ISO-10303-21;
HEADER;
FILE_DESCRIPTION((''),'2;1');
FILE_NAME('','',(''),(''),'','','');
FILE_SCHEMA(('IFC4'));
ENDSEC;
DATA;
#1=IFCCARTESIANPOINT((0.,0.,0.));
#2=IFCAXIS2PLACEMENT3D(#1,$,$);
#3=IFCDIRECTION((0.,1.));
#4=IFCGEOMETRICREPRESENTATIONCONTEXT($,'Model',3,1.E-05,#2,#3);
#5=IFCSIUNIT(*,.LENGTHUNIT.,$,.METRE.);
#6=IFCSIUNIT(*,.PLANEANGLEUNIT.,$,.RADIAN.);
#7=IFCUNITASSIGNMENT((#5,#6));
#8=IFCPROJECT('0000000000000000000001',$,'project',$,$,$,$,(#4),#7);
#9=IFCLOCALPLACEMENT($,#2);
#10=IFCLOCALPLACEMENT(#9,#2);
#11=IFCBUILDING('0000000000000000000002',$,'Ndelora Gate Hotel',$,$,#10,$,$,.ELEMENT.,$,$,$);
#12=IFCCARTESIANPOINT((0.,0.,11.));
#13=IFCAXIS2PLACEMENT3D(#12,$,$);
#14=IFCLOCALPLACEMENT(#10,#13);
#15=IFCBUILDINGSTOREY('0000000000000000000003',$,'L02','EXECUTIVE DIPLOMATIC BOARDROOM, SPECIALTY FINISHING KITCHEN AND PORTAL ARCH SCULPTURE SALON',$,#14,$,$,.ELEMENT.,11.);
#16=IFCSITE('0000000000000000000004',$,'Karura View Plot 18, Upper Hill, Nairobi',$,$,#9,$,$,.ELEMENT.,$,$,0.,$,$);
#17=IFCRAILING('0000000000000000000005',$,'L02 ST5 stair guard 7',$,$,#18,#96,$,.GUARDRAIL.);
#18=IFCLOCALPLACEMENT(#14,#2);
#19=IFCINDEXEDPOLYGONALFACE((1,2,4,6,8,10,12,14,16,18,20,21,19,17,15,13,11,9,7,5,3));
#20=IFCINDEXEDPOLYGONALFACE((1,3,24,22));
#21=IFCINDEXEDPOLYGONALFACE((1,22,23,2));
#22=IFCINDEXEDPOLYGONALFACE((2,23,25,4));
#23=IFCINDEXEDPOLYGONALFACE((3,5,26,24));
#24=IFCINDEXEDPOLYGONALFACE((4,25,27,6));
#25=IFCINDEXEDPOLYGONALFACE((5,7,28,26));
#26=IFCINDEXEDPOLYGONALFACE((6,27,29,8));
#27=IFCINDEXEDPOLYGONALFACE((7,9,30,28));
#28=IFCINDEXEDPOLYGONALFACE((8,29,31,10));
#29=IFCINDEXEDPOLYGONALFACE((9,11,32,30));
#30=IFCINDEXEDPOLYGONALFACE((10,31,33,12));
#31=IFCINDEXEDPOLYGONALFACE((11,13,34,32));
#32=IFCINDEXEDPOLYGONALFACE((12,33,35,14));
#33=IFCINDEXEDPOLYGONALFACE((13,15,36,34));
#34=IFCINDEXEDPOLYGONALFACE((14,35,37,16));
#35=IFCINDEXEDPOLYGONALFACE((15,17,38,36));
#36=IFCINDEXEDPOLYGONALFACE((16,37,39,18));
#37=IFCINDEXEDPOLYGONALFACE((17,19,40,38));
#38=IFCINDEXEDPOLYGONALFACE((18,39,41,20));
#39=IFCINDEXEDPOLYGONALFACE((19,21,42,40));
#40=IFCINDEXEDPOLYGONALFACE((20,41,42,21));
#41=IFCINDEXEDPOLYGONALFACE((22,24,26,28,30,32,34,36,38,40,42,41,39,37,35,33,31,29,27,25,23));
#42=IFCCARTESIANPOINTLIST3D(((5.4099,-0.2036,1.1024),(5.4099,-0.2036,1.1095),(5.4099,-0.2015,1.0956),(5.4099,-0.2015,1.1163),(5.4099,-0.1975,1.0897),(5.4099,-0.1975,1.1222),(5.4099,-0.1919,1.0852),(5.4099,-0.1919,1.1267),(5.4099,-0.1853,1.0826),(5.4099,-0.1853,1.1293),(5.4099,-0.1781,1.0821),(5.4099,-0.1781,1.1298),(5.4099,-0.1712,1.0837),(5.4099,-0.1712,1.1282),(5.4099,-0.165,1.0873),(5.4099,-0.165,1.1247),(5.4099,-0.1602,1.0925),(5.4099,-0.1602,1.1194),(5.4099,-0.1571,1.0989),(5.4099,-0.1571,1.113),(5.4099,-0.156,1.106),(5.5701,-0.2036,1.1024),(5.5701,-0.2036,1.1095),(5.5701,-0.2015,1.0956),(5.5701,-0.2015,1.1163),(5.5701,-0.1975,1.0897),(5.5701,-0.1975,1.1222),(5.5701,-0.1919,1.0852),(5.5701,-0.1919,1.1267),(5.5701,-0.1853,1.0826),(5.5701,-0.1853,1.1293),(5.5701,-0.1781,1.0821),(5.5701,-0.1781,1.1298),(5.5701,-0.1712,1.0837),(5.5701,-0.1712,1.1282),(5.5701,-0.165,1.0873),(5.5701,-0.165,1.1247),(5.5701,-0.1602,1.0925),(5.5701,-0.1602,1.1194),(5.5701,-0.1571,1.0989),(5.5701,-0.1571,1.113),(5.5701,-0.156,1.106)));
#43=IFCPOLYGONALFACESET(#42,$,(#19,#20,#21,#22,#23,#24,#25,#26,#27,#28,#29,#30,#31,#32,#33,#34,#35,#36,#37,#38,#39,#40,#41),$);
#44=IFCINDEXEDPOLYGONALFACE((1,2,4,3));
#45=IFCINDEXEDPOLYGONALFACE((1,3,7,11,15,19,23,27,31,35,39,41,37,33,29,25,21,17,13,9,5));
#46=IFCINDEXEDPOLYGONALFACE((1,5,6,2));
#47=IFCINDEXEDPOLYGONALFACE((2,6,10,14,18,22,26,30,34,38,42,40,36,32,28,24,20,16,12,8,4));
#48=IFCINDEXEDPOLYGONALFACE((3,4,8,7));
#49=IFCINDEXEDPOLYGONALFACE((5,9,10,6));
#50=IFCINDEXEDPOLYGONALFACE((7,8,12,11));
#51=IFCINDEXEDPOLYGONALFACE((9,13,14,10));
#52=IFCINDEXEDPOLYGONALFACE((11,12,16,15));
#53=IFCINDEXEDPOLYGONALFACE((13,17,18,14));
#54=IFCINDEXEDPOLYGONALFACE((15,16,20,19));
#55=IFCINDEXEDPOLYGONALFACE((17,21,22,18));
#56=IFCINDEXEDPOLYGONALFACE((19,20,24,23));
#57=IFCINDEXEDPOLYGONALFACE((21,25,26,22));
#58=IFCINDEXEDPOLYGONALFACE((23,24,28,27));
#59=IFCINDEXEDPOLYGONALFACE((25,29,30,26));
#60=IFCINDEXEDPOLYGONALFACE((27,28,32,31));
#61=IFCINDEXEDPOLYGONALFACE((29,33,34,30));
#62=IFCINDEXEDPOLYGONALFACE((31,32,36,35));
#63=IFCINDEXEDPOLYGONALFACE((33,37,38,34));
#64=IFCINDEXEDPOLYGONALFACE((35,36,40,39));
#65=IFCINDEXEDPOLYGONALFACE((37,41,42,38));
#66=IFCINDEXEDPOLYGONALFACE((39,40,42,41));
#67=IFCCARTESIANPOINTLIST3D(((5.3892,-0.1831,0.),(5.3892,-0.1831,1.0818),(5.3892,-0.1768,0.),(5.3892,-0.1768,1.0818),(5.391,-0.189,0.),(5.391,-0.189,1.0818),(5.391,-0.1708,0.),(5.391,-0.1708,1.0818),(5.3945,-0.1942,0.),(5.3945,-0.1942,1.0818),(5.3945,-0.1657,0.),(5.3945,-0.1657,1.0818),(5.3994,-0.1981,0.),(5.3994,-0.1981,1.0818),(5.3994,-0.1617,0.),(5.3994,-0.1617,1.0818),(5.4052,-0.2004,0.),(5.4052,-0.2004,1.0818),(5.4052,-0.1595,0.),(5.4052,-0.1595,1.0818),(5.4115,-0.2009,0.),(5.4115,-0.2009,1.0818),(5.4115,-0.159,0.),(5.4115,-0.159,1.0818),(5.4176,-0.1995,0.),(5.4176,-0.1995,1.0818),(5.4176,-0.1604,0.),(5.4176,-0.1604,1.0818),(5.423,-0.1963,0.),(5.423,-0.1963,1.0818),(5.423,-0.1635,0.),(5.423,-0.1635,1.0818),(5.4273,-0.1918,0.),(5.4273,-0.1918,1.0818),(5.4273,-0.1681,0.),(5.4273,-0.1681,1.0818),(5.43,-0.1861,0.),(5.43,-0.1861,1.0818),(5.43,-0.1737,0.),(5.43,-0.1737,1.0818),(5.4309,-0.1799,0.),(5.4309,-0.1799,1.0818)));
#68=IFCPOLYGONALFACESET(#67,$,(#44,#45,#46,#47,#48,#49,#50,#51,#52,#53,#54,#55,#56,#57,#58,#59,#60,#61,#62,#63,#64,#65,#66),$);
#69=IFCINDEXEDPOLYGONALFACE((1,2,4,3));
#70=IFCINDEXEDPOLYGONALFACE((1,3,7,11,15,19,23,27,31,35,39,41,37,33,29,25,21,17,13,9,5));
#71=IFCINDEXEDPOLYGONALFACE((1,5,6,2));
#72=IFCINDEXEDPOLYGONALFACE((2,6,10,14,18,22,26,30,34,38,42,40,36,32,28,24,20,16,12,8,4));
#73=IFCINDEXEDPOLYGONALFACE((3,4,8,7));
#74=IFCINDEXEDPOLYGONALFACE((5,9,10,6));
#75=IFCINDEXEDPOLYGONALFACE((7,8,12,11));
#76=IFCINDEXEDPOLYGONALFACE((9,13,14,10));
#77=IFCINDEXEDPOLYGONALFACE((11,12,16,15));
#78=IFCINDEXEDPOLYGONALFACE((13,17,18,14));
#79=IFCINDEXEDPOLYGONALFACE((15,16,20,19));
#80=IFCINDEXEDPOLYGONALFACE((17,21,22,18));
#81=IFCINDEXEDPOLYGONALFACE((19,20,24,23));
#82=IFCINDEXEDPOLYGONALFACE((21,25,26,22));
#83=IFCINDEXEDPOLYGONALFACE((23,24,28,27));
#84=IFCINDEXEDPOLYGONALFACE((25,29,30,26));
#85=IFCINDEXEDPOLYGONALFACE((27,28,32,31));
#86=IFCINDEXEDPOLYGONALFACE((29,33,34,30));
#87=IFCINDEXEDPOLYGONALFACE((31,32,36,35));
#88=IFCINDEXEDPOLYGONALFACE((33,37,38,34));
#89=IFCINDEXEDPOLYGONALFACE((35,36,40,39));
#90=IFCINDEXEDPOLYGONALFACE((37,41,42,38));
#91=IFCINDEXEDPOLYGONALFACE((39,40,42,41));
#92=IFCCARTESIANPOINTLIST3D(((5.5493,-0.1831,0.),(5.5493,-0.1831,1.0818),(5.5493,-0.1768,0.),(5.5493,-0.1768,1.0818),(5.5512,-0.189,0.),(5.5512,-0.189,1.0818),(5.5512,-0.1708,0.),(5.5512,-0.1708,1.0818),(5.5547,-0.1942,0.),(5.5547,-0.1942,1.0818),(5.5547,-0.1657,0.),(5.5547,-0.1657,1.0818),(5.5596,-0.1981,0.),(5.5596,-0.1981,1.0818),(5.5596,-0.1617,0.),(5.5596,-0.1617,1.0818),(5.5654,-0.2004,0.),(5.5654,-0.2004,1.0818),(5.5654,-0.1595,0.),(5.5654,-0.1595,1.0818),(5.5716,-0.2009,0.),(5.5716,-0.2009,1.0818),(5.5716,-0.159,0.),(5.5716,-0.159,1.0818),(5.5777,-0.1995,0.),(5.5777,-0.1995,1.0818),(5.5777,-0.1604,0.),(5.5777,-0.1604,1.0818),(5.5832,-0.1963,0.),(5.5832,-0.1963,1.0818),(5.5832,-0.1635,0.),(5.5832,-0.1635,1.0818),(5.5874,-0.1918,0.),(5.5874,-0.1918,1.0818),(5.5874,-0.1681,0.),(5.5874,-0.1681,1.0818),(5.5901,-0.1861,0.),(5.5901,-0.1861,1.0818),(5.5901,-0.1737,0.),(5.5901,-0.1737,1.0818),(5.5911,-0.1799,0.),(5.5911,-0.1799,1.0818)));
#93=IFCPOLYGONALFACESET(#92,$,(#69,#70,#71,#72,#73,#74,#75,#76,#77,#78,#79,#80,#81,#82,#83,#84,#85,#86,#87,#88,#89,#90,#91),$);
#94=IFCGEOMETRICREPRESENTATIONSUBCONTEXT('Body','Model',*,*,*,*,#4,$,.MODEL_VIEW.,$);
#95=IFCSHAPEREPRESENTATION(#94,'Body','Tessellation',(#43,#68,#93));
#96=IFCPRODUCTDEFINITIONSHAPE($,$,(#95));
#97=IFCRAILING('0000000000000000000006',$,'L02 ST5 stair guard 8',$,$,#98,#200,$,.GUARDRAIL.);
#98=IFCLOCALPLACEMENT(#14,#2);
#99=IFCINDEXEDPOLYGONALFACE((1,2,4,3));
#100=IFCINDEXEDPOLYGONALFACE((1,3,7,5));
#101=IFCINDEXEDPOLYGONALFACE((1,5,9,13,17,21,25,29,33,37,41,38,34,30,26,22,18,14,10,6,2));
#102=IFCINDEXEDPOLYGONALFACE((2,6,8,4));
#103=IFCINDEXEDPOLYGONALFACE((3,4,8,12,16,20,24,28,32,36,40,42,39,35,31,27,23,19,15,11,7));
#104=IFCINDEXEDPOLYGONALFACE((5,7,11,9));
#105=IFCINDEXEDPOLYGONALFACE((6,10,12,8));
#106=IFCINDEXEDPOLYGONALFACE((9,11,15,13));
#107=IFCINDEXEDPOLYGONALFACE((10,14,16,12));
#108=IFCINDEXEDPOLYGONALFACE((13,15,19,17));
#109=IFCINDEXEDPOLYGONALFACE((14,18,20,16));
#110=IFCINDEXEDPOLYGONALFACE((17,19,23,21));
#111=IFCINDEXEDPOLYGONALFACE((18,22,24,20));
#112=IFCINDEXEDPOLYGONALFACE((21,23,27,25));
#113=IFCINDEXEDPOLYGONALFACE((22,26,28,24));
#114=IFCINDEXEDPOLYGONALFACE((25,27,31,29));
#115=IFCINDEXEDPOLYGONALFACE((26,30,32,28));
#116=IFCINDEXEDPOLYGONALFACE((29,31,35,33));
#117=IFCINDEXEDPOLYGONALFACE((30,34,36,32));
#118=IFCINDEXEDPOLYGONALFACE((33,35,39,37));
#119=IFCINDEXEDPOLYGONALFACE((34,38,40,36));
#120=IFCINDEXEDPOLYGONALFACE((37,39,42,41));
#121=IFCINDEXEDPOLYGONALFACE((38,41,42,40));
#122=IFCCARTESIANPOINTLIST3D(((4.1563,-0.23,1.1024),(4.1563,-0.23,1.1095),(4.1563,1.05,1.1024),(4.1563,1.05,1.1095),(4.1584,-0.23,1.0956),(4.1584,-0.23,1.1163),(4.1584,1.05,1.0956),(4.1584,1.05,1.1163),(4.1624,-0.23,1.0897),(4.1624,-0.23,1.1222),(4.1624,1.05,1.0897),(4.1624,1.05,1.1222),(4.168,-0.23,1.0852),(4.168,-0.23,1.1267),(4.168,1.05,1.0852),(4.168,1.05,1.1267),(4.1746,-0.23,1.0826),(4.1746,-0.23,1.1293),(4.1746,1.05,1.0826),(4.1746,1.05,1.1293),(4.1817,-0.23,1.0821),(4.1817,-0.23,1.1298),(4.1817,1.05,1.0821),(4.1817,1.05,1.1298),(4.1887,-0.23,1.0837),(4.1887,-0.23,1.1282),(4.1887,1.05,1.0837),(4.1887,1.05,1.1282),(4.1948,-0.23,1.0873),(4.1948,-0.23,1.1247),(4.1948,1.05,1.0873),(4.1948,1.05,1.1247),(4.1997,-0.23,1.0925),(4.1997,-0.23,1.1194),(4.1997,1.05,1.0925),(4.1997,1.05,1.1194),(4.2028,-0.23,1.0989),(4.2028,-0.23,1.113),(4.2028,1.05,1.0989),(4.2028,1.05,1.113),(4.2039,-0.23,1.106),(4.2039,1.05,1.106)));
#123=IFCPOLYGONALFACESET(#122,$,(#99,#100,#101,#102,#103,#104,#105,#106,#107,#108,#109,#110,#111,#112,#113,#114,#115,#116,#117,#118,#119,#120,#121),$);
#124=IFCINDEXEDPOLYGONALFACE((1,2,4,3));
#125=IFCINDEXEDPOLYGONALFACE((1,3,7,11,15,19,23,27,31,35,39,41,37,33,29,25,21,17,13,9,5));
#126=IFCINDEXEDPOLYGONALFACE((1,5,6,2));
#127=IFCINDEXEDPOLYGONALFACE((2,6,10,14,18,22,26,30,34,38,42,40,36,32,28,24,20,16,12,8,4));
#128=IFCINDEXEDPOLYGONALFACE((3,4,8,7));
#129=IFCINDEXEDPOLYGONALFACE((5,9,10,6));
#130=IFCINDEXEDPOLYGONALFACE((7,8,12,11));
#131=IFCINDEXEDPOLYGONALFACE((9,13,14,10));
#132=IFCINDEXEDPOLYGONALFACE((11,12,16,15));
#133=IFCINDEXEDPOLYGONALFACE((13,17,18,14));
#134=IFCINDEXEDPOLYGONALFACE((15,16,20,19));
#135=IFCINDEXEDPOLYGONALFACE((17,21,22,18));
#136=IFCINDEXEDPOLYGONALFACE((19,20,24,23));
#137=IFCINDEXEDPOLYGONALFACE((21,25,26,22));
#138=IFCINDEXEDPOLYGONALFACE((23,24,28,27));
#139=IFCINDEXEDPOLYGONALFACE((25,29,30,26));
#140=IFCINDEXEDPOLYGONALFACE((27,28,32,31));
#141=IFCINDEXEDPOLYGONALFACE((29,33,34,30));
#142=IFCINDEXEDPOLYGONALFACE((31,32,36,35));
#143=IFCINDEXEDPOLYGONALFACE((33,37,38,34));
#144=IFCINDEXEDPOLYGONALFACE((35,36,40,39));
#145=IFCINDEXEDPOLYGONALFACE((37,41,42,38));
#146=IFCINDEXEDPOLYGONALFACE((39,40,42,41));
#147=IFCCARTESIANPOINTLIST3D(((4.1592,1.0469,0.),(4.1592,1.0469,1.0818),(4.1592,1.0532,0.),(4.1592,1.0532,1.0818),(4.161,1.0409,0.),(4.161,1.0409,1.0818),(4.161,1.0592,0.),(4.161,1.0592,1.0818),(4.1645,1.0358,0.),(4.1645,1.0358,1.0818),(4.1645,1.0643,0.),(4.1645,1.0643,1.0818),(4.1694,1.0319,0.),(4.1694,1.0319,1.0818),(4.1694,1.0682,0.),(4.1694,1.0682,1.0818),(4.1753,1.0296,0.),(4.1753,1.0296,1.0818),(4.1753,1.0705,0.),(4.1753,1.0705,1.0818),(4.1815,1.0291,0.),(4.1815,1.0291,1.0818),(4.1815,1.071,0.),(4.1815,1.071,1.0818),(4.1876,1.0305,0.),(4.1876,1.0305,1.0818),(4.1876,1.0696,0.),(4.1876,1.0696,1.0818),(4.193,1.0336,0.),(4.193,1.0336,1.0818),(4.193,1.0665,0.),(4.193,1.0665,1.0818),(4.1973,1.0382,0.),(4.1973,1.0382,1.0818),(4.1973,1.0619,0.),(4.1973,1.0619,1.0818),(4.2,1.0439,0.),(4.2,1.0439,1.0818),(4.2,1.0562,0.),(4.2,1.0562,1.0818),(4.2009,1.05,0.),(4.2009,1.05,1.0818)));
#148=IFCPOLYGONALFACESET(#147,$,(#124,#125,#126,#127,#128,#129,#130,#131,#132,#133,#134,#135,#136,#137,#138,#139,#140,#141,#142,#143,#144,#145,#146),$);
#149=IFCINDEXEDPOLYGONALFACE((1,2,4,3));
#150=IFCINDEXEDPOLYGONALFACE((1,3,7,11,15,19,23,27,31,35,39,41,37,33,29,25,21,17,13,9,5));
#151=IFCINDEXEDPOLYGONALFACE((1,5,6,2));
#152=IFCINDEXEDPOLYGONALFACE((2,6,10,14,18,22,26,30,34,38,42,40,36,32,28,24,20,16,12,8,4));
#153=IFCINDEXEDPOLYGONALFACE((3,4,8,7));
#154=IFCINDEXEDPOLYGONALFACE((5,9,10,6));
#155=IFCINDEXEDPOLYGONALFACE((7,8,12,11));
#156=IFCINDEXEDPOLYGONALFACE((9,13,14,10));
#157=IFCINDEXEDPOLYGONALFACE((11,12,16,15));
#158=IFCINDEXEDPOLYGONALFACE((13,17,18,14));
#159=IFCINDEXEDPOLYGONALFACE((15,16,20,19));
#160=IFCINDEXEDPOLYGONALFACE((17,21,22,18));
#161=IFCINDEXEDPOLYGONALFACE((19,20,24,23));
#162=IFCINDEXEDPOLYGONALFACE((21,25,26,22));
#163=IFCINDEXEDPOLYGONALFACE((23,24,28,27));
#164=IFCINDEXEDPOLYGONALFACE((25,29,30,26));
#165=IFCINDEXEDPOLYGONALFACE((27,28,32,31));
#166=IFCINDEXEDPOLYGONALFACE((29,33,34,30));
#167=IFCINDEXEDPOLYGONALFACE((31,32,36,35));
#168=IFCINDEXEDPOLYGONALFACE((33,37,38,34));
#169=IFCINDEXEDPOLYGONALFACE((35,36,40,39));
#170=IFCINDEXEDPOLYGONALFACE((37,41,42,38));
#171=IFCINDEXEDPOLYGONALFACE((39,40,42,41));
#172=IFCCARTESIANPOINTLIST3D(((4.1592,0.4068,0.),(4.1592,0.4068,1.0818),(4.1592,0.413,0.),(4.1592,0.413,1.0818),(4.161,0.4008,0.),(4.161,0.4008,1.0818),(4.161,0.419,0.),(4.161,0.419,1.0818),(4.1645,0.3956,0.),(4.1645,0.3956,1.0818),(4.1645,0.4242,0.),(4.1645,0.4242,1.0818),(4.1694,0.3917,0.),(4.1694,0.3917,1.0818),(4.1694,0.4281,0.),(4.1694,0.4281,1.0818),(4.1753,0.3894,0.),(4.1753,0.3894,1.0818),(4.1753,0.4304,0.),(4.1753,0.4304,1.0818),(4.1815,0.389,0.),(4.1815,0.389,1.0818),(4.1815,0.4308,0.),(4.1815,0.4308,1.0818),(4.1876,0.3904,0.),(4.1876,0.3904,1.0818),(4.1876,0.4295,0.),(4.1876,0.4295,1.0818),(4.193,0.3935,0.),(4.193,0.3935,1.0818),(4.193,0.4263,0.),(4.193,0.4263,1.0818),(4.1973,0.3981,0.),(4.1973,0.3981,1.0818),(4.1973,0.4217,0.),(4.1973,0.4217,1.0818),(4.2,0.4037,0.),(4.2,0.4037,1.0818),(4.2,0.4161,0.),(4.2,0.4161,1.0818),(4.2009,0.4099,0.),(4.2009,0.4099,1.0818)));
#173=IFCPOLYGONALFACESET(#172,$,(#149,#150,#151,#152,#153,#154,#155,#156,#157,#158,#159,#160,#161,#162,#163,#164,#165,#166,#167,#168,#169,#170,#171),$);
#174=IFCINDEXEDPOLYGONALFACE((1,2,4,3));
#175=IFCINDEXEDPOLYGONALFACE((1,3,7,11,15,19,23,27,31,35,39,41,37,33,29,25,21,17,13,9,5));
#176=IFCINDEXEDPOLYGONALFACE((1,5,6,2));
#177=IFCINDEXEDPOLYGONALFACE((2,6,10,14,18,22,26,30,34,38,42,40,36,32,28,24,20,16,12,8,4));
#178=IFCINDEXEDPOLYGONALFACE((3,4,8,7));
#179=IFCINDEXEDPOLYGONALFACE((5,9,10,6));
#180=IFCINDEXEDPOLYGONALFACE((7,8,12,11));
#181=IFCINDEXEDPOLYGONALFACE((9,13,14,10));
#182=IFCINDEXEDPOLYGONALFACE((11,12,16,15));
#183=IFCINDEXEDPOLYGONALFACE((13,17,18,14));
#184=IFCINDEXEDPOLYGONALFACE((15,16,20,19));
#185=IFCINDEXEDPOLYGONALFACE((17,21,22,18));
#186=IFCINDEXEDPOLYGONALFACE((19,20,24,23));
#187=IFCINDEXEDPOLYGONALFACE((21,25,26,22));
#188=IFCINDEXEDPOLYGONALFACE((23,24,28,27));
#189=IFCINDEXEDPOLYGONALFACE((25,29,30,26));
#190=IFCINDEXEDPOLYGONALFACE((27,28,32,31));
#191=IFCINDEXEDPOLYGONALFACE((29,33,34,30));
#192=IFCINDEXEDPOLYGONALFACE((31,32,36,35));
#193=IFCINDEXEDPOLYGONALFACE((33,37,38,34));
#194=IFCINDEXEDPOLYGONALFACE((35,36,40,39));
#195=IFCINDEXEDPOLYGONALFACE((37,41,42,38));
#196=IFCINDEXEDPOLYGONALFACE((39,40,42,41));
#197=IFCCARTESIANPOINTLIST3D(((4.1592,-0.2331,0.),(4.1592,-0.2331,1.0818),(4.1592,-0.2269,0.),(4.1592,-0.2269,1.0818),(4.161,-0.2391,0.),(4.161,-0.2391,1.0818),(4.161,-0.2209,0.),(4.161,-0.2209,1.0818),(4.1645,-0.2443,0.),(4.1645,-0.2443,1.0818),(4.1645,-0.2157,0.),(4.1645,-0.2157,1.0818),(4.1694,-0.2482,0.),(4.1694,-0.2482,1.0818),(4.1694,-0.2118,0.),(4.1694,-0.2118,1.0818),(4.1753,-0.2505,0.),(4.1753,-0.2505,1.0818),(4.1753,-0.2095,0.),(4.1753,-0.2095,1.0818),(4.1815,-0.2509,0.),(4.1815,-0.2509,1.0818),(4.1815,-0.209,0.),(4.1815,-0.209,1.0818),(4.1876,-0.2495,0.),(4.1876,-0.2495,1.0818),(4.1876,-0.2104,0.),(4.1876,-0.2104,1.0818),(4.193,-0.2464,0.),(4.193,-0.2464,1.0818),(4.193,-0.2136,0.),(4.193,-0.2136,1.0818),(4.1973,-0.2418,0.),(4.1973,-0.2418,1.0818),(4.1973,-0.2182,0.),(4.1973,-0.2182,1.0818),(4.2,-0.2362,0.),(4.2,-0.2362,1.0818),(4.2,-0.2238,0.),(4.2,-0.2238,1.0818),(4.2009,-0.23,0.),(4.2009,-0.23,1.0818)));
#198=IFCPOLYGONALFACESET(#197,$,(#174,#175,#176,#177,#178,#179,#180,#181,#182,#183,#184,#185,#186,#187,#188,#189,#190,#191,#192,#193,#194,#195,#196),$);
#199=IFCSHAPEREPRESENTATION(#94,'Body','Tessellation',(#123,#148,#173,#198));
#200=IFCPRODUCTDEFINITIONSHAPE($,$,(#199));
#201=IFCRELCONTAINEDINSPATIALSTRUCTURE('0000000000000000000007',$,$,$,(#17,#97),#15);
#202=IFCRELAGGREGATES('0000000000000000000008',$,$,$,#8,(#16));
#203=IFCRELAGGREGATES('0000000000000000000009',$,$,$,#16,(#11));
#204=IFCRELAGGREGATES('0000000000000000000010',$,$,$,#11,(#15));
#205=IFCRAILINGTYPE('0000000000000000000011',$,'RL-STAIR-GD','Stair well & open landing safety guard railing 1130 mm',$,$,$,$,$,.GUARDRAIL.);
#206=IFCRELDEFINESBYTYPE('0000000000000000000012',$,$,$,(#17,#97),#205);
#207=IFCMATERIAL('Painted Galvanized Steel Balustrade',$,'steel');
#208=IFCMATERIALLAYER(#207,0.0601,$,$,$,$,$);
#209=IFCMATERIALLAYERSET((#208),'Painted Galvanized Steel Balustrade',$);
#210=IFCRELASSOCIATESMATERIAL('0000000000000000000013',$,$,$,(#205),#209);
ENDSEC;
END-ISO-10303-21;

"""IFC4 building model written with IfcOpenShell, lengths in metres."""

from ifc_helpers import new_model, si_unit, direction, frame, origin, origin_2d, place, context, subcontext, project, spatial, circle, extrude, material, layer, layer_set, type_object, element, save


model = new_model("IFC4")

# Units and contexts
model_context = context("Model", 3, precision=1e-05, world=origin(), true_north=direction((0.0, 1.0)))
body_context = subcontext(model_context, "Body", "Model", "MODEL_VIEW")
ifc_project = project(units=[si_unit("LENGTHUNIT", "METRE"), si_unit("PLANEANGLEUNIT", "RADIAN")], contexts=[model_context])

# Site, building, storey
site_placement = place(None, origin())
site = spatial("IfcSite", under=ifc_project, at=site_placement, Name="Karura View Plot 18, Upper Hill, Nairobi", CompositionType="ELEMENT", RefElevation=0.0)
building_placement = place(site_placement, origin())
building = spatial("IfcBuilding", under=site, at=building_placement, Name="Ndelora Gate Hotel", CompositionType="ELEMENT")
storey_placement = place(building_placement, frame((0.0, 0.0, 11.0)))
storey = spatial("IfcBuildingStorey", under=building, at=storey_placement, Name="L02", Description="EXECUTIVE DIPLOMATIC BOARDROOM, SPECIALTY FINISHING KITCHEN AND PORTAL ARCH SCULPTURE SALON", CompositionType="ELEMENT", Elevation=11.0)

# Railings
ifc_material_1 = material(Name="Painted Galvanized Steel Balustrade", Category="steel")
ifc_layer_1 = layer(ifc_material_1, 0.0601)
ifc_layer_set_1 = layer_set([ifc_layer_1], Name="Painted Galvanized Steel Balustrade")
railing_type_1 = type_object("IfcRailingType", Name="RL-STAIR-GD", Description="Stair well & open landing safety guard railing 1130 mm", PredefinedType="GUARDRAIL", material=ifc_layer_set_1)
railing_1_placement = place(storey_placement, frame((5.4099, -0.1799, 0.0)))
element("IfcRailing", 1, at=railing_1_placement, inside=storey, type_object=railing_type_1, Name="L02 ST5 stair guard 7", PredefinedType="GUARDRAIL", context=body_context, shape_type="SweptSolid", body=[
    extrude(circle(Radius=0.0239, at=origin_2d()), frame((0.0, 0.0, 1.106), z_axis=(1.0, 0.0, 0.0), x_axis=(0.0, 1.0, 0.0)), (0.0, 0.0, 1.0), 0.1602),
    extrude(circle(Radius=0.021, at=origin_2d()), origin(), (0.0, 0.0, 1.0), 1.0818),
    extrude(circle(Radius=0.021, at=origin_2d()), frame((0.1602, 0.0, 0.0)), (0.0, 0.0, 1.0), 1.0818),
])
for number, where, name in (
    (2, (4.1799, 1.05, 0.0), "L02 ST5 stair guard 8"),
):
    element("IfcRailing", number, at=place(storey_placement, frame(where)), inside=storey, type_object=railing_type_1, Name=name, PredefinedType="GUARDRAIL", context=body_context, shape_type="SweptSolid", body=[
        extrude(circle(Radius=0.0239, at=origin_2d()), frame((0.0, 0.0, 1.106), z_axis=(0.0, -1.0, 0.0), x_axis=(1.0, 0.0, 0.0)), (0.0, 0.0, 1.0), 1.28),
        extrude(circle(Radius=0.021, at=origin_2d()), origin(), (0.0, 0.0, 1.0), 1.0818),
        extrude(circle(Radius=0.021, at=origin_2d()), frame((0.0, -0.6401, 0.0)), (0.0, 0.0, 1.0), 1.0818),
        extrude(circle(Radius=0.021, at=origin_2d()), frame((0.0, -1.28, 0.0)), (0.0, 0.0, 1.0), 1.0818),
    ])

save(model, "model.ifc")
